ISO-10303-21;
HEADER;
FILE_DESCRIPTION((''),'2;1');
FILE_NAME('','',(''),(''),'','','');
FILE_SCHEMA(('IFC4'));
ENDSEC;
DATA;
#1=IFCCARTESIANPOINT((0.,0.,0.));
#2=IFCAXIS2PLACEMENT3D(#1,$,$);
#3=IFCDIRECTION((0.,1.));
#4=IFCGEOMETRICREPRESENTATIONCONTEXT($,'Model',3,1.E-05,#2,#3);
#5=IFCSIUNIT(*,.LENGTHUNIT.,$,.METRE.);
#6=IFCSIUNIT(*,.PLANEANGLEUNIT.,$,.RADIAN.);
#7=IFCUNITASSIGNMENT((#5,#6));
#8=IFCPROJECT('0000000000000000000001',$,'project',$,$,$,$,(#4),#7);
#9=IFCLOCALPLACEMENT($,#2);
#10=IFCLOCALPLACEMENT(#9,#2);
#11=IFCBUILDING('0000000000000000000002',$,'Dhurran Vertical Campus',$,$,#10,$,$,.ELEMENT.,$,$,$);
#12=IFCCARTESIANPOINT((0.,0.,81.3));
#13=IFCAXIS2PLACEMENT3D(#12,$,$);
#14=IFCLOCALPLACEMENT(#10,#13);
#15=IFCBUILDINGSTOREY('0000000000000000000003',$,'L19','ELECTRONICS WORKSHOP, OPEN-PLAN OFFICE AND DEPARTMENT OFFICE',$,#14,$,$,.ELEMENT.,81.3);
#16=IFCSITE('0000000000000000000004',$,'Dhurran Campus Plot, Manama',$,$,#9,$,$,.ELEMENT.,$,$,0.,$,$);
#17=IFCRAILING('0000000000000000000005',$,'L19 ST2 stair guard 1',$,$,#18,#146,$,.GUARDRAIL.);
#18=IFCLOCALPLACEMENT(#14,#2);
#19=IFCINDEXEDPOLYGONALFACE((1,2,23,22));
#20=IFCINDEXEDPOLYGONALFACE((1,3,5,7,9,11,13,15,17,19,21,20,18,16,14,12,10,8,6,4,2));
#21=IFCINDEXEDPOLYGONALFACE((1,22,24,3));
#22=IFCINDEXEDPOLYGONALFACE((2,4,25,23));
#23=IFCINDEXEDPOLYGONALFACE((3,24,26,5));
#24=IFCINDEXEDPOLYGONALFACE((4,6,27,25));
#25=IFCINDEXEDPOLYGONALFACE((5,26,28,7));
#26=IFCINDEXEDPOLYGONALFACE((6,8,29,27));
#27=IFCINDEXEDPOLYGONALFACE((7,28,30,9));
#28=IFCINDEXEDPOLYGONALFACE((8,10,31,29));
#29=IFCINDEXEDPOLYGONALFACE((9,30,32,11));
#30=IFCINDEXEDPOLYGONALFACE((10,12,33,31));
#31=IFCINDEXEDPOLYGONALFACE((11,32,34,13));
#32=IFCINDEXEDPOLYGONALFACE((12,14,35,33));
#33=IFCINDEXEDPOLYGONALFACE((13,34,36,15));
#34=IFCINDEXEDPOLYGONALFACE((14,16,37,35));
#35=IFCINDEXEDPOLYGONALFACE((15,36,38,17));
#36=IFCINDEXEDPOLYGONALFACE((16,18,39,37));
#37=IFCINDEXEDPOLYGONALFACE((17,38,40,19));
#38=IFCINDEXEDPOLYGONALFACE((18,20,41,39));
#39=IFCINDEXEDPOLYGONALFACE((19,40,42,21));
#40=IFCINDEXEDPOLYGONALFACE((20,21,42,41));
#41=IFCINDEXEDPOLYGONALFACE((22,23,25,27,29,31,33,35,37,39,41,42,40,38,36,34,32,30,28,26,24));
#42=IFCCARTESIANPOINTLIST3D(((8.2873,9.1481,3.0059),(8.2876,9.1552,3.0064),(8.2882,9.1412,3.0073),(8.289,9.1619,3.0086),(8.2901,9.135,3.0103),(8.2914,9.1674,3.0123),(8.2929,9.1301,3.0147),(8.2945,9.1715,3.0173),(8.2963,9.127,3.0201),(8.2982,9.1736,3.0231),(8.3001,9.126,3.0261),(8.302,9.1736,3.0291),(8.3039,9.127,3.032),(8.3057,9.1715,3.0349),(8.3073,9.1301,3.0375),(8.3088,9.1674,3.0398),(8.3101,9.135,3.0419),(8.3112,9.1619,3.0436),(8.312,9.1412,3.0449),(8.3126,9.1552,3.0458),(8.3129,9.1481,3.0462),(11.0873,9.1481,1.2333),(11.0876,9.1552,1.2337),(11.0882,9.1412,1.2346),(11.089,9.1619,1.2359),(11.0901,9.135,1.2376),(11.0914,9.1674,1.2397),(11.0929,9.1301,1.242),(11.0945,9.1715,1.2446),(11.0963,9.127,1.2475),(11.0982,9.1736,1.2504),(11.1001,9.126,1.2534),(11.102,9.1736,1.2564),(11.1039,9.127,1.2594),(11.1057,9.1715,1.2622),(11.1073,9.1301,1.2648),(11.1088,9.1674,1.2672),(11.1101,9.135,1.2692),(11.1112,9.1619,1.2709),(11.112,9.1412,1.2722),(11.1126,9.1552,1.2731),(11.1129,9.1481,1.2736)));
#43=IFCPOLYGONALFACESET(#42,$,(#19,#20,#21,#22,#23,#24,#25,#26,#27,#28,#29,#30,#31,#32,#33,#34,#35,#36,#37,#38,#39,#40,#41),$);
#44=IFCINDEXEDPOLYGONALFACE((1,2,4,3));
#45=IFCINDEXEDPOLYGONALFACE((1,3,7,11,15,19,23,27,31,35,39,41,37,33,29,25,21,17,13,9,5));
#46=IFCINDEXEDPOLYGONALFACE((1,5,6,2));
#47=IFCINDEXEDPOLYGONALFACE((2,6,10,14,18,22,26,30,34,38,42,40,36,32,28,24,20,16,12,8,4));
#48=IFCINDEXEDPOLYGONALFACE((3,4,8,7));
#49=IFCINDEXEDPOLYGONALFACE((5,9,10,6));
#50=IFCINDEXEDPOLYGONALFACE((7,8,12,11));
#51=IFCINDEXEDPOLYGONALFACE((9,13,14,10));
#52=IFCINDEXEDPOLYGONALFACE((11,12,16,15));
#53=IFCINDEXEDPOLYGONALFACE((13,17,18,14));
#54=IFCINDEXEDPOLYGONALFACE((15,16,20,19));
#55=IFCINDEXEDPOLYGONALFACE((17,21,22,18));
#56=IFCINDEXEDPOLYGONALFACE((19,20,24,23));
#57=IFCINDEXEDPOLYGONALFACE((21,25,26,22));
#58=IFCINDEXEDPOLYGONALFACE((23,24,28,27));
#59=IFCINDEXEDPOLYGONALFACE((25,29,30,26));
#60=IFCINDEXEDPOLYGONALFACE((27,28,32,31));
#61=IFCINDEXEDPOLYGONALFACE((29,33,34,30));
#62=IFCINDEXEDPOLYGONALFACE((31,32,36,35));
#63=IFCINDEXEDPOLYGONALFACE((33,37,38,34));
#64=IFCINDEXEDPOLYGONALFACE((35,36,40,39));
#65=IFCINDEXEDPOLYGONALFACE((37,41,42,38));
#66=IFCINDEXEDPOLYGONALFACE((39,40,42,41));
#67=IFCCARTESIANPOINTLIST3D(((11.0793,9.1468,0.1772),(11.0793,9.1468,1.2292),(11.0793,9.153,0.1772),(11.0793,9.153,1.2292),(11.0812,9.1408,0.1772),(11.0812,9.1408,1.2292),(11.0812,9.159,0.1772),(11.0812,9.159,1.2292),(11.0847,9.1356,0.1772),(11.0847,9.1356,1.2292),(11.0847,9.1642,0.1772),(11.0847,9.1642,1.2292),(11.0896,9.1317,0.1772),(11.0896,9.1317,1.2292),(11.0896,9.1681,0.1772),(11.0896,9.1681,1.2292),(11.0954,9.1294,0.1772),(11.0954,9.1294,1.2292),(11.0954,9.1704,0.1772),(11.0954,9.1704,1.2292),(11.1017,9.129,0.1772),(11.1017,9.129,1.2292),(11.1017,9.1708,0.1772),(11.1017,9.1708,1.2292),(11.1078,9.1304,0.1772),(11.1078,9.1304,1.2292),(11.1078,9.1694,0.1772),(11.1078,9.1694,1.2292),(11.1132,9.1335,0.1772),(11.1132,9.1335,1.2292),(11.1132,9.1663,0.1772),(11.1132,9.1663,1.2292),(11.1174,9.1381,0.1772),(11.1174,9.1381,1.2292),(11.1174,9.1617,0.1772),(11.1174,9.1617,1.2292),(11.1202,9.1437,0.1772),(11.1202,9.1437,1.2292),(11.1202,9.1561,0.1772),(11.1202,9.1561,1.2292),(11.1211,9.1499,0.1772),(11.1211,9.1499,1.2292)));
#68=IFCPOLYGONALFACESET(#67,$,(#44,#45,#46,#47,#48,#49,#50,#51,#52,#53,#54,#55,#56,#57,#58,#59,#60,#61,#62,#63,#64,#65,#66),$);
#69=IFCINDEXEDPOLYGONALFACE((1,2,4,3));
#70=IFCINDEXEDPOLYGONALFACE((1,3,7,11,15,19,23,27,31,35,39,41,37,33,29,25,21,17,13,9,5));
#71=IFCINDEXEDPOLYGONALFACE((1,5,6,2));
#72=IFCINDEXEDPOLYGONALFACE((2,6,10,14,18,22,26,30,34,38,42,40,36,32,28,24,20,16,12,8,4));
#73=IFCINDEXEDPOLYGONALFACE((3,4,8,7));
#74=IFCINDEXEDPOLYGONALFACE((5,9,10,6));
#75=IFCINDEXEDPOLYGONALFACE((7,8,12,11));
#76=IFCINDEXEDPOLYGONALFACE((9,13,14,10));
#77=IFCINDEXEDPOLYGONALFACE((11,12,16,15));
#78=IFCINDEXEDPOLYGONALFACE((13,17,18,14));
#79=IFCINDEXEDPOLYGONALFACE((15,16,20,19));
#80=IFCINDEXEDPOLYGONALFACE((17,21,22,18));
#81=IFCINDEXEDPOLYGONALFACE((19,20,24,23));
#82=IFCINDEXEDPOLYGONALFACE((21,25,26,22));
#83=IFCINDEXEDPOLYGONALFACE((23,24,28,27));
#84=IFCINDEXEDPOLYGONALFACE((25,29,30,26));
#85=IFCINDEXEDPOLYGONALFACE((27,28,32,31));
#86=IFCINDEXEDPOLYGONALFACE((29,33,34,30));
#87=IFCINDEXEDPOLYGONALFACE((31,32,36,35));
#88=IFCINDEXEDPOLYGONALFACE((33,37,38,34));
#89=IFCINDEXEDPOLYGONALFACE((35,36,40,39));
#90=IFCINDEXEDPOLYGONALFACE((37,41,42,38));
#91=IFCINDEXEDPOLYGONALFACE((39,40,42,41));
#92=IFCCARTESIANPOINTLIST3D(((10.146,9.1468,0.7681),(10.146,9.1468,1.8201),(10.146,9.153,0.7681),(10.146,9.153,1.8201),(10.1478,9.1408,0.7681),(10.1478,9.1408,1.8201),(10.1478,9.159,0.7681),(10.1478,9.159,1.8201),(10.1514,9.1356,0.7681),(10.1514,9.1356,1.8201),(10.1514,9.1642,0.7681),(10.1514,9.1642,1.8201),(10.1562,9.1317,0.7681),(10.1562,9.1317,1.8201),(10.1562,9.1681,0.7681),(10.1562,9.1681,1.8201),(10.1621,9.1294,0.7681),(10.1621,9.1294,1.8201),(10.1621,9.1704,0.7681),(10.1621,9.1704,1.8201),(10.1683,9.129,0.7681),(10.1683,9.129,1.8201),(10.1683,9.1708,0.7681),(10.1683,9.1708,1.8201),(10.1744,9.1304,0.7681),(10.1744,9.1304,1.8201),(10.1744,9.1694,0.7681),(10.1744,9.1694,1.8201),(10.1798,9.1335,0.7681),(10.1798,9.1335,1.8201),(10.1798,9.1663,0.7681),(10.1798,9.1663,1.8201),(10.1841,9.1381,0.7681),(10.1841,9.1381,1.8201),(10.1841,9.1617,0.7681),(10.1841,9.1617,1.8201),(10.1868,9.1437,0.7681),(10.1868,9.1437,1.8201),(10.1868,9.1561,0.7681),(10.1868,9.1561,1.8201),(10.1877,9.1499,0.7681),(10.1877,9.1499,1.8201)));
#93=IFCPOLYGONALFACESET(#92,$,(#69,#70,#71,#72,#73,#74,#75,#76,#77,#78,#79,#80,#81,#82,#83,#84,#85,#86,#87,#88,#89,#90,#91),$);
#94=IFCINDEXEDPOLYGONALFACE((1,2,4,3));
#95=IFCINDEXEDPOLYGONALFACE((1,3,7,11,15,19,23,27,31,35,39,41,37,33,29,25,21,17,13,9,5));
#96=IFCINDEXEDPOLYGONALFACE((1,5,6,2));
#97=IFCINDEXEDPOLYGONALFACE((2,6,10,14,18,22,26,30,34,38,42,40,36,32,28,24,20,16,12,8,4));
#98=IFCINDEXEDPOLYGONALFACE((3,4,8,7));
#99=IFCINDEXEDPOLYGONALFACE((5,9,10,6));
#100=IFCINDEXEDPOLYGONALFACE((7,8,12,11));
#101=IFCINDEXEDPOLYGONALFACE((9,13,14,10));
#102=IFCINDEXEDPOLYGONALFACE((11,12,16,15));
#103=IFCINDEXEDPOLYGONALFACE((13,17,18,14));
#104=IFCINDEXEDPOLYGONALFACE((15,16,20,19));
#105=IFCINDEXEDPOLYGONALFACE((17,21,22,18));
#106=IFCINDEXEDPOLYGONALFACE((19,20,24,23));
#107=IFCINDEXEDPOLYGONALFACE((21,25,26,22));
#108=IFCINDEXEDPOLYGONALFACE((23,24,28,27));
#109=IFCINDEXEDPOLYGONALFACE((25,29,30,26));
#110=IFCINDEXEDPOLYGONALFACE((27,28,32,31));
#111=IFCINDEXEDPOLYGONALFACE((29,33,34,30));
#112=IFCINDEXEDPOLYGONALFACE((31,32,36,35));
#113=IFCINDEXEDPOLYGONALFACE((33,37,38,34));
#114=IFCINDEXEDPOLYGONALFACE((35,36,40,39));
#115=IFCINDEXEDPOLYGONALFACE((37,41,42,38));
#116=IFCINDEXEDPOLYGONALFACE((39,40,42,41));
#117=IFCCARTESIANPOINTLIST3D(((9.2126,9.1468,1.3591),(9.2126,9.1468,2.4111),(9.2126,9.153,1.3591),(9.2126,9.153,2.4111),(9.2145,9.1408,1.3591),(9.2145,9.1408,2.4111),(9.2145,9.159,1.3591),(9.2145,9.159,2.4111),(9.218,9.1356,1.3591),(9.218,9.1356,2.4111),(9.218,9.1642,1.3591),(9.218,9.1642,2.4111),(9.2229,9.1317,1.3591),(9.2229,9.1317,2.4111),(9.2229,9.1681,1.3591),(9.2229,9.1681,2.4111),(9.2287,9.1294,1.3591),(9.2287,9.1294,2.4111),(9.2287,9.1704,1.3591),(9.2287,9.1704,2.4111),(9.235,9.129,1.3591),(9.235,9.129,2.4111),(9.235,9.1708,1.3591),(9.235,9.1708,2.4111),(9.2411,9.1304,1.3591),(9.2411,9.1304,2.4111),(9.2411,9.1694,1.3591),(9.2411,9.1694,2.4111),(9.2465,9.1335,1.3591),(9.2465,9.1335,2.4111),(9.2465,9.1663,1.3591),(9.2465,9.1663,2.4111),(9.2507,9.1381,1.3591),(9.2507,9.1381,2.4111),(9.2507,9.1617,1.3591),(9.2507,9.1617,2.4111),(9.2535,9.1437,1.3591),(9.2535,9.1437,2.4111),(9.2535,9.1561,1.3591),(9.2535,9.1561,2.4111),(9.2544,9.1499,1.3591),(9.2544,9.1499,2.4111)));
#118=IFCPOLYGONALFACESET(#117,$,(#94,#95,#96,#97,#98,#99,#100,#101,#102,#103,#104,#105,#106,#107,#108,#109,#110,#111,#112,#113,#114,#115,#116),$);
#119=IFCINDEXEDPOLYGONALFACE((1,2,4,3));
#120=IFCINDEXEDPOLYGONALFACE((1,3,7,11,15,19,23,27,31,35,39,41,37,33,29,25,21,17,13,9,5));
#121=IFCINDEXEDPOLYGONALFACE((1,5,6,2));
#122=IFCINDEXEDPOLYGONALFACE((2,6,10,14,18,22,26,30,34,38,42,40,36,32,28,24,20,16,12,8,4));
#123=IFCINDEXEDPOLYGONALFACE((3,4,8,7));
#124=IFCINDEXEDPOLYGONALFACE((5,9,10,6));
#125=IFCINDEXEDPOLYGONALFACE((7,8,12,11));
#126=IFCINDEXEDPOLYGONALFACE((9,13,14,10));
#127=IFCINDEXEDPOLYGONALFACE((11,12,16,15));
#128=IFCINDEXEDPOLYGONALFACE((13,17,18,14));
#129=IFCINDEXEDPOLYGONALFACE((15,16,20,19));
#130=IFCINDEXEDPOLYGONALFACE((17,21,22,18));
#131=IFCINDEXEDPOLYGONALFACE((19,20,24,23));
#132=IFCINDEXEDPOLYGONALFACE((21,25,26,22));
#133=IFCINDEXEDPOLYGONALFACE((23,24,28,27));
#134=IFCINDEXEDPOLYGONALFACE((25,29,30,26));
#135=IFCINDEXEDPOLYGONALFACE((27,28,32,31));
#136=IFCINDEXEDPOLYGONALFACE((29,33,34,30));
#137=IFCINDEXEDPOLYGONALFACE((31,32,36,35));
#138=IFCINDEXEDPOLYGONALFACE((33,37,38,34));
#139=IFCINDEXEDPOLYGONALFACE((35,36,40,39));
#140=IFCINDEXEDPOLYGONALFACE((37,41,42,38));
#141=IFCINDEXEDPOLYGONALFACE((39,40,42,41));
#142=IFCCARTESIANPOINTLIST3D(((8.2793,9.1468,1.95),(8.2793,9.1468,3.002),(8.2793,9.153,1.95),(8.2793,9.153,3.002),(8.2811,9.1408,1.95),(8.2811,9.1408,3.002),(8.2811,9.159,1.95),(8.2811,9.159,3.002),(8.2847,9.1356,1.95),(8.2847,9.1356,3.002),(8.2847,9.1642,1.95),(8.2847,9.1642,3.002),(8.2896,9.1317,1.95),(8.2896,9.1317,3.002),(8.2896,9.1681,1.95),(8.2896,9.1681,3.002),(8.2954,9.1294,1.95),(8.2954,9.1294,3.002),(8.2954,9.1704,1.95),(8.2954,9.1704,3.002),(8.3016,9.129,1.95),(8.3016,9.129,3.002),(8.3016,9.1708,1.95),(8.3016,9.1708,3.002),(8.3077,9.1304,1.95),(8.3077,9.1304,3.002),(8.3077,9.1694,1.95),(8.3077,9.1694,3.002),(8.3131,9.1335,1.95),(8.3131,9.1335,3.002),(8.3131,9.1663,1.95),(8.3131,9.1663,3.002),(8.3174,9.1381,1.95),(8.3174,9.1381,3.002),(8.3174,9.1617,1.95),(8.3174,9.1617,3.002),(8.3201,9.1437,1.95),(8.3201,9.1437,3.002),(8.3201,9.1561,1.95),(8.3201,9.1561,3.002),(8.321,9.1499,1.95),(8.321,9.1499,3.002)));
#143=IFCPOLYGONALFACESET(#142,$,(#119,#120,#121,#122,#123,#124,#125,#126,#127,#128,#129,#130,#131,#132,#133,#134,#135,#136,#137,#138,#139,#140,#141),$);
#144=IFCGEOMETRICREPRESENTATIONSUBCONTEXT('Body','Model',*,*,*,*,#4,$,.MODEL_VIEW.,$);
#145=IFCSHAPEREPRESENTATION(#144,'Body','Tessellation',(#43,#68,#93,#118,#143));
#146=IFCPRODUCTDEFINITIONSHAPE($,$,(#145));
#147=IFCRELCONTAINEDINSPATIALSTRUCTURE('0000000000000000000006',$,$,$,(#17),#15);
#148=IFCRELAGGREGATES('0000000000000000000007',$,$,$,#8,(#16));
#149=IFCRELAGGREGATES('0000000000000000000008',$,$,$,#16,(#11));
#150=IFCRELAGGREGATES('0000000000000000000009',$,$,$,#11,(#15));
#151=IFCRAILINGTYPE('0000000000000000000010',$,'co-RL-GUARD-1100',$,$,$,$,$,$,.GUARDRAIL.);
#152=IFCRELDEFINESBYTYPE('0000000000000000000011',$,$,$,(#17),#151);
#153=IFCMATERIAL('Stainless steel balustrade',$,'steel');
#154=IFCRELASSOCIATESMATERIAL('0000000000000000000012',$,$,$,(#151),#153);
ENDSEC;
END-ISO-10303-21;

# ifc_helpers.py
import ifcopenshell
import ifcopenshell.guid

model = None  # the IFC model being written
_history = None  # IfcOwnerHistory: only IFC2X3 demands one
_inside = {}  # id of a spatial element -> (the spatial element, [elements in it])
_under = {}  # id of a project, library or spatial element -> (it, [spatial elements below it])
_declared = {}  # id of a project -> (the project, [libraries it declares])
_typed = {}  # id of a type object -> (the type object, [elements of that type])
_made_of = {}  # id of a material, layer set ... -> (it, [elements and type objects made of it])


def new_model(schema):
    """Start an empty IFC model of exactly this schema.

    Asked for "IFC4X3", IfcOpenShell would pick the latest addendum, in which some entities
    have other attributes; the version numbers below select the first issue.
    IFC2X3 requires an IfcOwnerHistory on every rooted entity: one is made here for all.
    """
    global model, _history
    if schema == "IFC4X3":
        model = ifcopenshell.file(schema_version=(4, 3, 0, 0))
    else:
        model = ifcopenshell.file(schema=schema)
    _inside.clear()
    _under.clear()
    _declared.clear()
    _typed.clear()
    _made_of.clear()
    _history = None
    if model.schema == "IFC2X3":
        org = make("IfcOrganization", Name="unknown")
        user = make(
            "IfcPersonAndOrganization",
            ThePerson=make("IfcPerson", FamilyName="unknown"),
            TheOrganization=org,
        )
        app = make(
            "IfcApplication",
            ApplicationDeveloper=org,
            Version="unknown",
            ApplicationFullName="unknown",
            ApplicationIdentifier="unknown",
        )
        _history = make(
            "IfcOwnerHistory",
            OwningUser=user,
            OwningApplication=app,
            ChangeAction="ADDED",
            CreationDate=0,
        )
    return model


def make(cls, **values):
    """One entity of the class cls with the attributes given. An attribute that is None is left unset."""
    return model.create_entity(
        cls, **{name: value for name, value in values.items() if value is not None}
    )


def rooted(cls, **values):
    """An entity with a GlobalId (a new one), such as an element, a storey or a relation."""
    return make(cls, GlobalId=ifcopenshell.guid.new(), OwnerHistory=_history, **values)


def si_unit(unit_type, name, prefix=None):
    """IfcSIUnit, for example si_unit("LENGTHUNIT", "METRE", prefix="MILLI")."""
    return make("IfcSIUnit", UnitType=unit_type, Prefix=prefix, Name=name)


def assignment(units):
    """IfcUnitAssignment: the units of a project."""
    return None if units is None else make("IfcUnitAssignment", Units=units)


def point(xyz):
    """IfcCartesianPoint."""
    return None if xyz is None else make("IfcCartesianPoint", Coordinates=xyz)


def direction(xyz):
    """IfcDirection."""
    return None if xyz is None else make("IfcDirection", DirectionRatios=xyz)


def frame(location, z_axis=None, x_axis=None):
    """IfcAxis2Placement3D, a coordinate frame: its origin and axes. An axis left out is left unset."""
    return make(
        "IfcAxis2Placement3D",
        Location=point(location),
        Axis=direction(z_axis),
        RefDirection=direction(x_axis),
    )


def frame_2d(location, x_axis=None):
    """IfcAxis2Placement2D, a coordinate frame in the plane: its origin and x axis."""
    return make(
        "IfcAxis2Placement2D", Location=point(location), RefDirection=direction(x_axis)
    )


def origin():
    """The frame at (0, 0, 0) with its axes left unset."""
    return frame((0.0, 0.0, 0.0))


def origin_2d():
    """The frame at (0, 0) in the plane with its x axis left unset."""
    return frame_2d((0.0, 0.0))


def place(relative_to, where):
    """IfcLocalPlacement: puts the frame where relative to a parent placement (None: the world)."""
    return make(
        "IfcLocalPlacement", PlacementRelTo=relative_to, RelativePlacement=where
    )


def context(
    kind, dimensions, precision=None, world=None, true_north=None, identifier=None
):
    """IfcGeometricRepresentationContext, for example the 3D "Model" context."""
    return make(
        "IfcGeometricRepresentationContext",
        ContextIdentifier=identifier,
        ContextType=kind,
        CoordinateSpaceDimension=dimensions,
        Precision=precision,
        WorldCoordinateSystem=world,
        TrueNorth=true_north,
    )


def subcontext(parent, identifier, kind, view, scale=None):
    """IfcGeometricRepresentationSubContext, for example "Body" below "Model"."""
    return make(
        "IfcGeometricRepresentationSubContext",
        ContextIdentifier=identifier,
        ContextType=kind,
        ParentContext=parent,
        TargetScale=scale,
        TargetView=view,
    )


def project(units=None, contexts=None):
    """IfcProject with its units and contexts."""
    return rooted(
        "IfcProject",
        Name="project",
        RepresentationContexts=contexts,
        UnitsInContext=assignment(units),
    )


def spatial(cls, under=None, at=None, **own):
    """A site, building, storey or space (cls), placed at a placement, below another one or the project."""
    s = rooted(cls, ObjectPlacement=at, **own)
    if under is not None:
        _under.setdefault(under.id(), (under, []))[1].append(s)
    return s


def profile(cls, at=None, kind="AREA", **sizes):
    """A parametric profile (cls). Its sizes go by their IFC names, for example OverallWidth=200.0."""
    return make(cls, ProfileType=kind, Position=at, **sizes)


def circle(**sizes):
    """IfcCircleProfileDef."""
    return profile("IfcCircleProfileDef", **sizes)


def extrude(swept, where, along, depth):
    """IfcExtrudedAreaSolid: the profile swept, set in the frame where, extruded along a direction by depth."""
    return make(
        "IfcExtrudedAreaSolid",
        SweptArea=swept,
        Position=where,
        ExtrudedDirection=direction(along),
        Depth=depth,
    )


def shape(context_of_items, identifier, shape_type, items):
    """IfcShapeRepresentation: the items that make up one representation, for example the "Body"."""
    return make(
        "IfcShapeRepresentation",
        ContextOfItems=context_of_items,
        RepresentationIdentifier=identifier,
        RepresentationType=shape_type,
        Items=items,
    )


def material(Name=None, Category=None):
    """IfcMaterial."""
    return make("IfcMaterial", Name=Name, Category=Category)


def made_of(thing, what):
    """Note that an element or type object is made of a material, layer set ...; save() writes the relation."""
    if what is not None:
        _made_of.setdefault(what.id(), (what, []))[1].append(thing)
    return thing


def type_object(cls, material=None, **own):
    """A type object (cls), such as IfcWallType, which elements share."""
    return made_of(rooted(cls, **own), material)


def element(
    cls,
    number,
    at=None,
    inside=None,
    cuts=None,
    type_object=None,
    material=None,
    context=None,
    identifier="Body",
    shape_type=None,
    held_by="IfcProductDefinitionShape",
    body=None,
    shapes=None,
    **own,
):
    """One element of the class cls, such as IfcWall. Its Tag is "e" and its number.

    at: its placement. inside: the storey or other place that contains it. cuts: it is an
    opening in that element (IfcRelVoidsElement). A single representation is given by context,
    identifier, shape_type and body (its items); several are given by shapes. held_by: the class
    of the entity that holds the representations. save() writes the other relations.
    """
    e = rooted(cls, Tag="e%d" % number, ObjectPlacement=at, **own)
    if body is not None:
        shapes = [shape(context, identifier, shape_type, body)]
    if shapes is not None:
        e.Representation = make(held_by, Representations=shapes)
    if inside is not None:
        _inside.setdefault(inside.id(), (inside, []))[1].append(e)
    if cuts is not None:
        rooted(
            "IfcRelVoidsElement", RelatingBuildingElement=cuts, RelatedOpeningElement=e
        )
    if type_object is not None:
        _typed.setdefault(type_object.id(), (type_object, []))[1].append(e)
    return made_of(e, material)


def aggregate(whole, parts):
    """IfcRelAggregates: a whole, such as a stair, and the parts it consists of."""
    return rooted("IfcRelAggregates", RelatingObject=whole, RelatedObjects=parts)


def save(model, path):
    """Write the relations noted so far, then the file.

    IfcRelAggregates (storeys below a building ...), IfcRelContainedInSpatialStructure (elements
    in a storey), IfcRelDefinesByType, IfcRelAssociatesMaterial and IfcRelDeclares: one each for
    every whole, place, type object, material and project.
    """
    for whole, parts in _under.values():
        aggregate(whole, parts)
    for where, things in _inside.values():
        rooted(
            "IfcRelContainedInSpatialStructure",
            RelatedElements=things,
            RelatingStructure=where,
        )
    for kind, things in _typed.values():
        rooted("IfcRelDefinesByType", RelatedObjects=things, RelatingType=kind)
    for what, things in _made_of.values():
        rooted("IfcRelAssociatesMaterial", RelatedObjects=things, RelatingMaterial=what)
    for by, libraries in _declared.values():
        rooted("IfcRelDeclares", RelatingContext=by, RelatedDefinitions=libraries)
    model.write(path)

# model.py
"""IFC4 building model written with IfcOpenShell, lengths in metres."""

from ifc_helpers import new_model, si_unit, direction, frame, origin, origin_2d, place, context, subcontext, project, spatial, circle, extrude, material, type_object, element, save


model = new_model("IFC4")

# Units and contexts
model_context = context("Model", 3, precision=1e-05, world=origin(), true_north=direction((0.0, 1.0)))
body_context = subcontext(model_context, "Body", "Model", "MODEL_VIEW")
ifc_project = project(units=[si_unit("LENGTHUNIT", "METRE"), si_unit("PLANEANGLEUNIT", "RADIAN")], contexts=[model_context])

# Site, building, storey
site_placement = place(None, origin())
site = spatial("IfcSite", under=ifc_project, at=site_placement, Name="Dhurran Campus Plot, Manama", CompositionType="ELEMENT", RefElevation=0.0)
building_placement = place(site_placement, origin())
building = spatial("IfcBuilding", under=site, at=building_placement, Name="Dhurran Vertical Campus", CompositionType="ELEMENT")
storey_placement = place(building_placement, frame((0.0, 0.0, 81.3)))
storey = spatial("IfcBuildingStorey", under=building, at=storey_placement, Name="L19", Description="ELECTRONICS WORKSHOP, OPEN-PLAN OFFICE AND DEPARTMENT OFFICE", CompositionType="ELEMENT", Elevation=81.3)

# Railing
ifc_material_1 = material(Name="Stainless steel balustrade", Category="steel")
railing_type_1 = type_object("IfcRailingType", Name="co-RL-GUARD-1100", PredefinedType="GUARDRAIL", material=ifc_material_1)
railing_1_placement = place(storey_placement, frame((11.1001, 9.1499, 0.1772)))
element("IfcRailing", 1, at=railing_1_placement, inside=storey, type_object=railing_type_1, Name="L19 ST2 stair guard 1", PredefinedType="GUARDRAIL", context=body_context, shape_type="SweptSolid", body=[
    extrude(circle(Radius=0.0239, at=origin_2d()), frame((0.0, 0.0, 1.0762), z_axis=(-0.844909, 0.0, 0.53491), x_axis=(0.0, -1.0, 0.0)), (0.0, 0.0, 1.0), 3.314),
    extrude(circle(Radius=0.021, at=origin_2d()), origin(), (0.0, 0.0, 1.0), 1.052),
    extrude(circle(Radius=0.021, at=origin_2d()), frame((-0.9333, 0.0, 0.5908)), (0.0, 0.0, 1.0), 1.052),
    extrude(circle(Radius=0.021, at=origin_2d()), frame((-1.8667, 0.0, 1.1819)), (0.0, 0.0, 1.0), 1.052),
    extrude(circle(Radius=0.021, at=origin_2d()), frame((-2.8, 0.0, 1.7727)), (0.0, 0.0, 1.0), 1.052),
])

save(model, "model.ifc")
